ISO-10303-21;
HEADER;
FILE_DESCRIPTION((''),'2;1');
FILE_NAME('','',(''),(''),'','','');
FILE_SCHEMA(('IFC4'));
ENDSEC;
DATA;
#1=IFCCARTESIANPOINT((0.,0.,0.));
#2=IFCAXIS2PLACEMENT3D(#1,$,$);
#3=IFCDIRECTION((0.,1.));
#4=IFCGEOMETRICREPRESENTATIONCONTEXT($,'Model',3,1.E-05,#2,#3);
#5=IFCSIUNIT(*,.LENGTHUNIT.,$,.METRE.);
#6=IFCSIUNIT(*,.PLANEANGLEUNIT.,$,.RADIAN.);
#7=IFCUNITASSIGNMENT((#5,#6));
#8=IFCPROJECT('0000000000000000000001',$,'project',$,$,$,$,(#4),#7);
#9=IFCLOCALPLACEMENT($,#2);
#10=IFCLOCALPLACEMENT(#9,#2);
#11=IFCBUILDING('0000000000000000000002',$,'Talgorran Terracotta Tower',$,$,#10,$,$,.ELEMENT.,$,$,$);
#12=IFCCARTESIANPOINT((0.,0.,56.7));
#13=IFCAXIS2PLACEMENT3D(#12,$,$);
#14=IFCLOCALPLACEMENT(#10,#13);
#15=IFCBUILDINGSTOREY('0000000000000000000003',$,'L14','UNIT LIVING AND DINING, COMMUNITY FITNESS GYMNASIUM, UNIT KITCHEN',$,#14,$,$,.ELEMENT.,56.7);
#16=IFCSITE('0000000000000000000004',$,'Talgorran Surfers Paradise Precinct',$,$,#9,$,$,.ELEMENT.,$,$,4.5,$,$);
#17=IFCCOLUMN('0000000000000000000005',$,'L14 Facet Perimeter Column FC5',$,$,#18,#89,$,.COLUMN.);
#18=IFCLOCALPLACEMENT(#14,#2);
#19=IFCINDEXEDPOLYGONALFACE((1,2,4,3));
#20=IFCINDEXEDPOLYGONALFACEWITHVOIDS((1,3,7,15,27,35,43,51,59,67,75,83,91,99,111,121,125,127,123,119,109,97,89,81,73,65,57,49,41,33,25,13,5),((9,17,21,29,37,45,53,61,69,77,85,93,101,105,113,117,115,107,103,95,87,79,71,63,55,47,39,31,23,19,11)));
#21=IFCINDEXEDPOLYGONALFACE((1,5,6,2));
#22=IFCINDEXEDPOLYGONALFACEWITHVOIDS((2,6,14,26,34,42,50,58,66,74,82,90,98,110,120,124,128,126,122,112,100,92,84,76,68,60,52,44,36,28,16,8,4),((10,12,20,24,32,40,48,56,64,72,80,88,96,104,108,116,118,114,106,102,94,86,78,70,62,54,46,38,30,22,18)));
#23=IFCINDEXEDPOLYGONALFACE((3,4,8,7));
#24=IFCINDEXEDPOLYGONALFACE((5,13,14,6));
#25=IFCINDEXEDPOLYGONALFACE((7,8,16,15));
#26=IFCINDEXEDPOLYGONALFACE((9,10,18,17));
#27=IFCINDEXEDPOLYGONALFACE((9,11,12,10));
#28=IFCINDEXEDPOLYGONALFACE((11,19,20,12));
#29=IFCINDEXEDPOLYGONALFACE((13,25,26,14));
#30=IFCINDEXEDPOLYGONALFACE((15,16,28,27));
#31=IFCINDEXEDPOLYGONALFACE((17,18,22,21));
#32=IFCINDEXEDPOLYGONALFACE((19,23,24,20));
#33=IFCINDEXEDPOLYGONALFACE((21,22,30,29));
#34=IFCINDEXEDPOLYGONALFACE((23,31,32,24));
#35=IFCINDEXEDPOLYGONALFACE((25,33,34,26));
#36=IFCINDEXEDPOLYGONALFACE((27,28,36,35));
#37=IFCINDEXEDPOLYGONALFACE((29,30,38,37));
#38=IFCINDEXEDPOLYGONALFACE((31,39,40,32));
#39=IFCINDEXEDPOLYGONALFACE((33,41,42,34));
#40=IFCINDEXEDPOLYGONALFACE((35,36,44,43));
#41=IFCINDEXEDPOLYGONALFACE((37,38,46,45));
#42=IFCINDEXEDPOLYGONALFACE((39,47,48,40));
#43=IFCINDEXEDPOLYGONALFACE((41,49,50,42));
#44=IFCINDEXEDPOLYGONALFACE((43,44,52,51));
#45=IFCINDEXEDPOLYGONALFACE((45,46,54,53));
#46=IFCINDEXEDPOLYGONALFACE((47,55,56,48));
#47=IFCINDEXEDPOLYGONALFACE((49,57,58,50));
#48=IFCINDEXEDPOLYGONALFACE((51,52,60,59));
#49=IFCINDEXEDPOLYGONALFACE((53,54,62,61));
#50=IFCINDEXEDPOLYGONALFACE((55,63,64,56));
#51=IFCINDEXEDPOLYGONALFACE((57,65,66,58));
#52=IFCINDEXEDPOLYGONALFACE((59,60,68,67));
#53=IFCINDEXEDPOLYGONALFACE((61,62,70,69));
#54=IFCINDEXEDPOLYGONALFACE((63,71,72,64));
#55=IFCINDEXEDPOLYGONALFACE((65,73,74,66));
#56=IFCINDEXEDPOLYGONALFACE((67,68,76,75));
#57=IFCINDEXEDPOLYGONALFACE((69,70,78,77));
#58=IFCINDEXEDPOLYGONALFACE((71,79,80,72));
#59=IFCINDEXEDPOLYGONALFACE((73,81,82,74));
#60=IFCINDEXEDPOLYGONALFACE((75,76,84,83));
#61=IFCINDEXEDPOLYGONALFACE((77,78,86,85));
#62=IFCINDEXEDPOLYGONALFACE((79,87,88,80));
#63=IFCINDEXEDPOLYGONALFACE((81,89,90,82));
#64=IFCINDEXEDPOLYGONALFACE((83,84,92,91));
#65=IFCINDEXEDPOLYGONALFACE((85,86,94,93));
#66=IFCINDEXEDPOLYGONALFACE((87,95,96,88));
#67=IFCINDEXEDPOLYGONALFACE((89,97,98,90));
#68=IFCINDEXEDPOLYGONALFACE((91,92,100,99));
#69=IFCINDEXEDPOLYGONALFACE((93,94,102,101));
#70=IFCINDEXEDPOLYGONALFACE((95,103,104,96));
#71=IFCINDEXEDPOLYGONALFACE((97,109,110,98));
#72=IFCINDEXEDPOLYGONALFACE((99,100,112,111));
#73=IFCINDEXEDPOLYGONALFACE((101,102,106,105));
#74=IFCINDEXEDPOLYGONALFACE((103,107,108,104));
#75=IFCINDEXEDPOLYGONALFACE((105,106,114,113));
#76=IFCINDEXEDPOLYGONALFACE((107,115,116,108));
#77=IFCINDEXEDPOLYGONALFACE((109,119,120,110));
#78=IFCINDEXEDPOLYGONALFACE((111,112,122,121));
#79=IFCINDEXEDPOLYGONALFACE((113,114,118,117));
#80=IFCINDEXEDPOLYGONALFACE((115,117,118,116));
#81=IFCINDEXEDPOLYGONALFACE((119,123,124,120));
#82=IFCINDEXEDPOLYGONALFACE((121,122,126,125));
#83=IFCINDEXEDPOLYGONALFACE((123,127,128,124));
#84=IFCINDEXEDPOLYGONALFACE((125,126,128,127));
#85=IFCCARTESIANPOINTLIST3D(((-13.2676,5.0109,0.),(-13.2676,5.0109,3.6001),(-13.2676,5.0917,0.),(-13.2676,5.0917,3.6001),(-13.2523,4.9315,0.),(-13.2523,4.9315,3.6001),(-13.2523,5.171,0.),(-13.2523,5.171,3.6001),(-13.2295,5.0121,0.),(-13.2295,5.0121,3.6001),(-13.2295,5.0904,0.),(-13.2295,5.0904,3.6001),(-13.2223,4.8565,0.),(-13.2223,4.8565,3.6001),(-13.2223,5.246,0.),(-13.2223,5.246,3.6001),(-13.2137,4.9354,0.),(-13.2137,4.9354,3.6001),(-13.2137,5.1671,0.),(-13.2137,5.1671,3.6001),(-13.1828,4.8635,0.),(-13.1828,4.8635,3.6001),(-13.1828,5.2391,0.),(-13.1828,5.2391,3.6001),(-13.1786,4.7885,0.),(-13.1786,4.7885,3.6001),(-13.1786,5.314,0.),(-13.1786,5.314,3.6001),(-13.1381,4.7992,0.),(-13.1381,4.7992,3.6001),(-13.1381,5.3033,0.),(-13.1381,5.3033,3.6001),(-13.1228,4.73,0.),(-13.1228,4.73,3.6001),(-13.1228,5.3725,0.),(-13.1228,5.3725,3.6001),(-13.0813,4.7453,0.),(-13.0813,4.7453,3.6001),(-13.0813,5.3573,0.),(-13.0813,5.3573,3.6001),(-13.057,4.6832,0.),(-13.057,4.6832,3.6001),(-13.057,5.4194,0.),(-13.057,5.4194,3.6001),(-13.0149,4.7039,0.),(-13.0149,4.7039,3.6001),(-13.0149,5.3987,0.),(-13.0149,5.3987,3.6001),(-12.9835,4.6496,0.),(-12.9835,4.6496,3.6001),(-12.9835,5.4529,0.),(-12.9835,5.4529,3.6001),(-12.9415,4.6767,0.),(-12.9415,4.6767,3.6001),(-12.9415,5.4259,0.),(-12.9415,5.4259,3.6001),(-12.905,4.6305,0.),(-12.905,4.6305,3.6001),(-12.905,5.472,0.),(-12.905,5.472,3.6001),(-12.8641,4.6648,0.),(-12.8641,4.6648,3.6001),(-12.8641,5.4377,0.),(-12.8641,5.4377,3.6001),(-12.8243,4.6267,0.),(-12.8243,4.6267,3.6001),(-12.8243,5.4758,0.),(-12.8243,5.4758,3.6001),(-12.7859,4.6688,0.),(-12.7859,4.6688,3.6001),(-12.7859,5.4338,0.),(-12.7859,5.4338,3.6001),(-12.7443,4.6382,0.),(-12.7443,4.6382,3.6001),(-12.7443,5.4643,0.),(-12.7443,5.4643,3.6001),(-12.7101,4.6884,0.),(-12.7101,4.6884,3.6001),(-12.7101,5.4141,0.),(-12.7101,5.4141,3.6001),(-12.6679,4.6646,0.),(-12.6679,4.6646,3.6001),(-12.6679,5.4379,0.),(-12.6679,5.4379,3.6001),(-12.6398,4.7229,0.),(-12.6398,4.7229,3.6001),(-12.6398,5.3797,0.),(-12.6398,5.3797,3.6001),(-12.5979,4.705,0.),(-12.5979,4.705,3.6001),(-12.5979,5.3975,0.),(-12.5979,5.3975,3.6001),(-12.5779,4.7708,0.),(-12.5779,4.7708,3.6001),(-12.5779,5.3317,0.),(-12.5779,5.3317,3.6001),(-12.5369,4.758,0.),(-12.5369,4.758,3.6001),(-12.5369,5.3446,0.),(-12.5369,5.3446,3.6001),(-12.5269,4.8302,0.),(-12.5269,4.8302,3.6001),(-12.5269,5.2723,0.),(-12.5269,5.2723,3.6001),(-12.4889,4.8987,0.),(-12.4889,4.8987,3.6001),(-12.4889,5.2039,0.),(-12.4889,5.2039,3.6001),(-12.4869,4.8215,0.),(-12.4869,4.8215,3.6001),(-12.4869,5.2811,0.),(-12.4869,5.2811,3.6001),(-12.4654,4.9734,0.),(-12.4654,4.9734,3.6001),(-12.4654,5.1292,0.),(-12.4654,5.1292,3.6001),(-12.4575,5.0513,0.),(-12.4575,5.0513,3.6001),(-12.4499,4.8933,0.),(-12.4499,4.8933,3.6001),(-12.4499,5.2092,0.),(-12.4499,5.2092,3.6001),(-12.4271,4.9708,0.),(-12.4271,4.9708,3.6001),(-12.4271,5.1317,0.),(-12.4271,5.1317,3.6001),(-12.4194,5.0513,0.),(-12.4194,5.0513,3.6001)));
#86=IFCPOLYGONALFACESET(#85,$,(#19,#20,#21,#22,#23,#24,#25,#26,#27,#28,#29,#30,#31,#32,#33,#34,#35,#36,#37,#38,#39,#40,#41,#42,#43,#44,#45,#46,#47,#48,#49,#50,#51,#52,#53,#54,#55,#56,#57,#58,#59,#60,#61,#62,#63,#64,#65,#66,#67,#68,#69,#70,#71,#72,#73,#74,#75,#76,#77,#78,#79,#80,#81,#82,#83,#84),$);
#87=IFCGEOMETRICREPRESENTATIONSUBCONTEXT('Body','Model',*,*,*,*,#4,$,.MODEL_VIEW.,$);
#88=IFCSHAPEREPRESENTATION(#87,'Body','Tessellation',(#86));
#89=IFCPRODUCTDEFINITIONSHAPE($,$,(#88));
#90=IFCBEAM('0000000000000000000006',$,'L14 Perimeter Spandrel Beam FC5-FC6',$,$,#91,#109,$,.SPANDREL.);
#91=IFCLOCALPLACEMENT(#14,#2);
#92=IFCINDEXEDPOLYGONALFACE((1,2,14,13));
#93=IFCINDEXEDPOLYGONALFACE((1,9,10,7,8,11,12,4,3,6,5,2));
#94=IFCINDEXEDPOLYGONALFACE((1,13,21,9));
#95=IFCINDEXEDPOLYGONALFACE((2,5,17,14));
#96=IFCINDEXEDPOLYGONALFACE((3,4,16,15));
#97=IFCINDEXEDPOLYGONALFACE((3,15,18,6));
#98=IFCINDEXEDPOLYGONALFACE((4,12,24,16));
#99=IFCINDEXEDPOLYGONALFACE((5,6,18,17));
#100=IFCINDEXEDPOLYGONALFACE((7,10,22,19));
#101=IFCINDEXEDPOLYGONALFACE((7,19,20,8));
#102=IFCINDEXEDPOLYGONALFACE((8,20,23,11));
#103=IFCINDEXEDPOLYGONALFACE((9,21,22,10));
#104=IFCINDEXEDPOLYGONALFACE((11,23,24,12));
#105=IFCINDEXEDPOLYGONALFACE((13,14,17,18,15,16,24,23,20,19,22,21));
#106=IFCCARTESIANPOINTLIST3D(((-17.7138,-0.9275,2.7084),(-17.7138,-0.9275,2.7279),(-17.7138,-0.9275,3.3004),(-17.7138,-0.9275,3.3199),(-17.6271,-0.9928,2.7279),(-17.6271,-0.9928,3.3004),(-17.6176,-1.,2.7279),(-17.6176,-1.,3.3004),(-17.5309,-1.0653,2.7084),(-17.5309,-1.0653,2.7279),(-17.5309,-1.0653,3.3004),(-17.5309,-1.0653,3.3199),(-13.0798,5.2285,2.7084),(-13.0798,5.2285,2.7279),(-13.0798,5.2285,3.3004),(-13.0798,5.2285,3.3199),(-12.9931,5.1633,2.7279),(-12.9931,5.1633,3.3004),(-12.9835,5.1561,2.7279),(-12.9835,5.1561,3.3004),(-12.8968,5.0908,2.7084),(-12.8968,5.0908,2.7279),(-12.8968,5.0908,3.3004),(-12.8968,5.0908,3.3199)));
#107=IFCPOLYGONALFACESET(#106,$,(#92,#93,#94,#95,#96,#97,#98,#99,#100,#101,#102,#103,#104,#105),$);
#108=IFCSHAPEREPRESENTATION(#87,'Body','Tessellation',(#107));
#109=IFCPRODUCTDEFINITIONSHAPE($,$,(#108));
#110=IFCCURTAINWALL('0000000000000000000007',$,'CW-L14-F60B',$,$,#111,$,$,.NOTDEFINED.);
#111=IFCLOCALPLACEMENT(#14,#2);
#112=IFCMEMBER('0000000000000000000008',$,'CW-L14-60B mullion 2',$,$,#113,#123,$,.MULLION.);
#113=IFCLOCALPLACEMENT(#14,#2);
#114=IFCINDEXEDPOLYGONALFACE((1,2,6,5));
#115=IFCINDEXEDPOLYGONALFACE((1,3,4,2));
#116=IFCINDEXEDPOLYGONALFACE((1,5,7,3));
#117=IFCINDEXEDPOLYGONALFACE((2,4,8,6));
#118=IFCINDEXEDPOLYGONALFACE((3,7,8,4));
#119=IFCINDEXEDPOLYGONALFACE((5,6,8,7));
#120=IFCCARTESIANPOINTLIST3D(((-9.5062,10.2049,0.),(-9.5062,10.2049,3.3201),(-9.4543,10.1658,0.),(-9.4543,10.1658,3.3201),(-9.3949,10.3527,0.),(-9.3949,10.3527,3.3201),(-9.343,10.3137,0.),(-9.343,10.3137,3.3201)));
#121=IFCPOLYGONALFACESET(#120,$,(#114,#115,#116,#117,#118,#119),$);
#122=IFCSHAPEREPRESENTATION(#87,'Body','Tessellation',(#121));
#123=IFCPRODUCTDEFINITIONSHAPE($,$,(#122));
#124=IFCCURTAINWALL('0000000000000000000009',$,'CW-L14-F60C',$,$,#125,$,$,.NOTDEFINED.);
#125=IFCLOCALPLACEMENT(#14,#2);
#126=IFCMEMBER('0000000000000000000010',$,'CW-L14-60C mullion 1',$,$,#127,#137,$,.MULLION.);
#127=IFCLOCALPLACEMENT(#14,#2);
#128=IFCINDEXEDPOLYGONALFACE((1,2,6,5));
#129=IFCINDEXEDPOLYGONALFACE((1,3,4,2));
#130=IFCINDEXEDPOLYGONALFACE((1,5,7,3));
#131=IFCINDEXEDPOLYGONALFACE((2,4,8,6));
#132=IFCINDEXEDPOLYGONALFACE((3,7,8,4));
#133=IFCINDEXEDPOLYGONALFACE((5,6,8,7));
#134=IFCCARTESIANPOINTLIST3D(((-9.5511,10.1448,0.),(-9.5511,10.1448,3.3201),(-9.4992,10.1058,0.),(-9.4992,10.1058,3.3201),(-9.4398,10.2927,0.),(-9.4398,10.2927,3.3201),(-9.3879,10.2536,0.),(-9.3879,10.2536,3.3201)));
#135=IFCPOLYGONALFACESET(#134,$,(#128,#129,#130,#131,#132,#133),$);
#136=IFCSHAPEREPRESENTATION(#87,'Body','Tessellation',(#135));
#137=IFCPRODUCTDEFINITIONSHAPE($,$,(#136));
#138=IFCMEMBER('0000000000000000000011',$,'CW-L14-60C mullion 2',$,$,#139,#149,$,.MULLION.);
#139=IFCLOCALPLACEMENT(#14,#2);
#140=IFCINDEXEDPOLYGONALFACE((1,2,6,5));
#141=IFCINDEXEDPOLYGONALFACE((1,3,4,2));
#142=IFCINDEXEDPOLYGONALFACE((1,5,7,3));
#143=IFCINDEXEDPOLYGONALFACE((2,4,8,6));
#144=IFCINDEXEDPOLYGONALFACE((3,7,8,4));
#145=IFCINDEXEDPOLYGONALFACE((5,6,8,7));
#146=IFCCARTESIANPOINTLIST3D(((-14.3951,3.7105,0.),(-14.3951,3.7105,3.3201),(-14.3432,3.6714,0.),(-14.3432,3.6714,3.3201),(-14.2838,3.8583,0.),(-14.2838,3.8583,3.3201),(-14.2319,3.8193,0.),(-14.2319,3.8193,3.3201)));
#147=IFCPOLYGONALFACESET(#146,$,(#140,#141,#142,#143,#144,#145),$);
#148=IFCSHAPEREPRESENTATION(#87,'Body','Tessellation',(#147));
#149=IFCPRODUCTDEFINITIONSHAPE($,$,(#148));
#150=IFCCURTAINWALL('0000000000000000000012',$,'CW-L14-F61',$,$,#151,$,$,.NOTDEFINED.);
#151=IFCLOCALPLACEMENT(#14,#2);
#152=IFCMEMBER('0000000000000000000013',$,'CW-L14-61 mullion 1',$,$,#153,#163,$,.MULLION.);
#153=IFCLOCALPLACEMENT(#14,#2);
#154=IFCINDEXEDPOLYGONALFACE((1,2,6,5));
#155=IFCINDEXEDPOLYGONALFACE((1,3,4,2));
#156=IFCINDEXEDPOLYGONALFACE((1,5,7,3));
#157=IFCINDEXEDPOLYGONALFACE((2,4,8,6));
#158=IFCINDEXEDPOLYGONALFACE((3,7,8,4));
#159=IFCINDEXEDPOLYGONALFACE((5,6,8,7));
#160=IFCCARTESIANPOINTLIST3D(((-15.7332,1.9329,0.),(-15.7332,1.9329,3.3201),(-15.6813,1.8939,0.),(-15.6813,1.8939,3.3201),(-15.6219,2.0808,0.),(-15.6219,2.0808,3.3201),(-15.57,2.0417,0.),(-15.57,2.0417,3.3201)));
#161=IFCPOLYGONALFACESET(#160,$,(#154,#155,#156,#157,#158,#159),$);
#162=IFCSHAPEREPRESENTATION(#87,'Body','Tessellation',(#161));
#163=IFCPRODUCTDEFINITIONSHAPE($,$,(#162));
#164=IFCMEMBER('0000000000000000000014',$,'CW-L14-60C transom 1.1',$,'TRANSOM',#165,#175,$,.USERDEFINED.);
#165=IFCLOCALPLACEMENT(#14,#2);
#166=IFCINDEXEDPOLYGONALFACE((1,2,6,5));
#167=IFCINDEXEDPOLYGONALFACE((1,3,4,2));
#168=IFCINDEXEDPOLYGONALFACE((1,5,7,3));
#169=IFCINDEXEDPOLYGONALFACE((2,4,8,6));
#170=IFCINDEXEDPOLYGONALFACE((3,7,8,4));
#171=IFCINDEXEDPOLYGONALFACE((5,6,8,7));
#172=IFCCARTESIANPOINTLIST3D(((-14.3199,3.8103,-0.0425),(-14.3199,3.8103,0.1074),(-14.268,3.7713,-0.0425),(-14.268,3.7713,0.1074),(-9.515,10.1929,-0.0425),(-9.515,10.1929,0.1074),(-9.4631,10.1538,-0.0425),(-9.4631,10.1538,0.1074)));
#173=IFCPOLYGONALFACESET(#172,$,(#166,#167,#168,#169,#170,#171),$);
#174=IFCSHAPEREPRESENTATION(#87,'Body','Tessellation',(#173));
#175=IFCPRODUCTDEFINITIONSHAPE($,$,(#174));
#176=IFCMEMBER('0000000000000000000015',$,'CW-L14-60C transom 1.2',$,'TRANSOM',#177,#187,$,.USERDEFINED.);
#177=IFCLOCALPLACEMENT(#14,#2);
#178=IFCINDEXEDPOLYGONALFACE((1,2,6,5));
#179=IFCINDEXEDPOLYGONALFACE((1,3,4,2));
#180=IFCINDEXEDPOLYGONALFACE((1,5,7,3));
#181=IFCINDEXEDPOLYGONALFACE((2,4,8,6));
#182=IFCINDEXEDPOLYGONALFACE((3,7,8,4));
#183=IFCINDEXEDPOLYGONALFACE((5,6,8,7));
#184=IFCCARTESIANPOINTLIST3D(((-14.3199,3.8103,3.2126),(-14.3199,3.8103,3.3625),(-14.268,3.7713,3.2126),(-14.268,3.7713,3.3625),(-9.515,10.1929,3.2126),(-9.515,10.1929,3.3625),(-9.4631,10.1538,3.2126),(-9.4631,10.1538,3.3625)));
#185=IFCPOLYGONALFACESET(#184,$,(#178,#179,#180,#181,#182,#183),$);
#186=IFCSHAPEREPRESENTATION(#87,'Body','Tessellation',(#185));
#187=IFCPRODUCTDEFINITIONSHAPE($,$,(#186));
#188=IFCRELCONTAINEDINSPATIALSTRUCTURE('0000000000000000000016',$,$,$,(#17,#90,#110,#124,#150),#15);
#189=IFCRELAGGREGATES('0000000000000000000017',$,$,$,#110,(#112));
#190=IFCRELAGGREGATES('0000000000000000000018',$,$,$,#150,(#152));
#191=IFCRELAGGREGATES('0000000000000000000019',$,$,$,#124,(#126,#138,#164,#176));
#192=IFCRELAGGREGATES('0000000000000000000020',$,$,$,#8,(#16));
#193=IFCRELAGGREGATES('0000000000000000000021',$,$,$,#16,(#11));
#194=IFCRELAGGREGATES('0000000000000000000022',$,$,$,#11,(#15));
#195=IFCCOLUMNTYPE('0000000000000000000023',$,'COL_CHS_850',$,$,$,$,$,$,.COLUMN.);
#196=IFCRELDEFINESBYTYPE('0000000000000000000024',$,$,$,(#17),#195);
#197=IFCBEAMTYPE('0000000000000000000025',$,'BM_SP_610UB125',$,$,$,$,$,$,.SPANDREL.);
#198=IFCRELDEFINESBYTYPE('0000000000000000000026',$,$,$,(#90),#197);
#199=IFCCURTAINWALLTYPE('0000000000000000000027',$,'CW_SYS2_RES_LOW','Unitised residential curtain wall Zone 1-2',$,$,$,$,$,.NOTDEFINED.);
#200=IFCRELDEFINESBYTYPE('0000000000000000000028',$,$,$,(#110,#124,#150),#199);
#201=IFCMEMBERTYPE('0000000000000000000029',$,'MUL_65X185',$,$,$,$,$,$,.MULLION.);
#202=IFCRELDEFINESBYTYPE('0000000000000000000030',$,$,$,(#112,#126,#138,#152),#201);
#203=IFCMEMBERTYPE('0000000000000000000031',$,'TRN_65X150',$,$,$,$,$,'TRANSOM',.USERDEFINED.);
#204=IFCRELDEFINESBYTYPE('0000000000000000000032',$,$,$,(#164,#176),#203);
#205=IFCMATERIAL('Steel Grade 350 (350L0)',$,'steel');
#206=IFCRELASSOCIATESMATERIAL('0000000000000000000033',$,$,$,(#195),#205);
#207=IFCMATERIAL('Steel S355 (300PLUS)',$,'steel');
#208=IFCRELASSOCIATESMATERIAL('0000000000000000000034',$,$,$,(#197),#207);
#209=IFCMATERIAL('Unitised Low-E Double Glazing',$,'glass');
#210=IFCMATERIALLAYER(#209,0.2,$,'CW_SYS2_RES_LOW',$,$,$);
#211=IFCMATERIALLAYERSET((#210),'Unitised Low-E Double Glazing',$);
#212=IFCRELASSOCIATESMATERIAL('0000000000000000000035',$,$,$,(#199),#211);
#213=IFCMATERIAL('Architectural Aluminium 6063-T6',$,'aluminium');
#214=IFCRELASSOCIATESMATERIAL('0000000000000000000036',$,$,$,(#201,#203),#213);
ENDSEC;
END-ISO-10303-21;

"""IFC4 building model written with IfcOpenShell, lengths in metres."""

from ifc_helpers import new_model, si_unit, direction, frame, origin, origin_2d, place, context, subcontext, project, spatial, rectangle, hollow_circle, i_section, extrude, material, layer, layer_set, material_profile, profile_set, type_object, element, aggregate, save


model = new_model("IFC4")

# Units and contexts
model_context = context("Model", 3, precision=1e-05, world=origin(), true_north=direction((0.0, 1.0)))
body_context = subcontext(model_context, "Body", "Model", "MODEL_VIEW")
ifc_project = project(units=[si_unit("LENGTHUNIT", "METRE"), si_unit("PLANEANGLEUNIT", "RADIAN")], contexts=[model_context])

# Site, building, storey
site_placement = place(None, origin())
site = spatial("IfcSite", under=ifc_project, at=site_placement, Name="Talgorran Surfers Paradise Precinct", CompositionType="ELEMENT", RefElevation=4.5)
building_placement = place(site_placement, origin())
building = spatial("IfcBuilding", under=site, at=building_placement, Name="Talgorran Terracotta Tower", CompositionType="ELEMENT")
storey_placement = place(building_placement, frame((0.0, 0.0, 56.7)))
storey = spatial("IfcBuildingStorey", under=building, at=storey_placement, Name="L14", Description="UNIT LIVING AND DINING, COMMUNITY FITNESS GYMNASIUM, UNIT KITCHEN", CompositionType="ELEMENT", Elevation=56.7)

# Column
ifc_material_1 = material(Name="Steel Grade 350 (350L0)", Category="steel")
ifc_material_profile_1 = material_profile(ifc_material_1, hollow_circle(Radius=0.425, WallThickness=0.0381, at=origin_2d()), Name="CHS850X38")
ifc_profile_set_1 = profile_set([ifc_material_profile_1], Name="Steel Grade 350 (350L0)")
column_type = type_object("IfcColumnType", Name="COL_CHS_850", PredefinedType="COLUMN", material=ifc_profile_set_1)
column_placement = place(storey_placement, frame((-12.8445, 5.0513, 0.0), z_axis=(0.0, 0.0, 1.0), x_axis=(1.0, 0.0, 0.0)))
element("IfcColumn", 1, at=column_placement, inside=storey, type_object=column_type, Name="L14 Facet Perimeter Column FC5", PredefinedType="COLUMN", context=body_context, shape_type="SweptSolid", body=[
    extrude(hollow_circle(Radius=0.425, WallThickness=0.0381, at=origin_2d()), origin(), (0.0, 0.0, 1.0), 3.6001),
])

# Beam
ifc_material_2 = material(Name="Steel S355 (300PLUS)", Category="steel")
ifc_material_profile_2 = material_profile(ifc_material_2, i_section(OverallWidth=0.229, OverallDepth=0.6116, WebThickness=0.012, FlangeThickness=0.0195, at=origin_2d()), Name="610UB125")
ifc_profile_set_2 = profile_set([ifc_material_profile_2], Name="Steel S355 (300PLUS)")
beam_type = type_object("IfcBeamType", Name="BM_SP_610UB125", PredefinedType="SPANDREL", material=ifc_profile_set_2)
beam_placement = place(storey_placement, frame((-12.9883, 5.1597, 3.0142), z_axis=(-0.601413, -0.798938, 0.0), x_axis=(0.798938, -0.601413, 0.0)))
element("IfcBeam", 2, at=beam_placement, inside=storey, type_object=beam_type, Name="L14 Perimeter Spandrel Beam FC5-FC6", PredefinedType="SPANDREL", context=body_context, shape_type="SweptSolid", body=[
    extrude(i_section(OverallWidth=0.229, OverallDepth=0.6116, WebThickness=0.012, FlangeThickness=0.0195, at=origin_2d()), origin(), (0.0, 0.0, 1.0), 7.7053),
])

# Curtain wall, member
ifc_material_3 = material(Name="Unitised Low-E Double Glazing", Category="glass")
ifc_layer_1 = layer(ifc_material_3, 0.2, Name="CW_SYS2_RES_LOW")
ifc_layer_set_1 = layer_set([ifc_layer_1], Name="Unitised Low-E Double Glazing")
curtain_wall_type = type_object("IfcCurtainWallType", Name="CW_SYS2_RES_LOW", Description="Unitised residential curtain wall Zone 1-2", PredefinedType="NOTDEFINED", material=ifc_layer_set_1)
curtain_wall_1_placement = place(storey_placement, origin())
curtain_wall_1 = element("IfcCurtainWall", 3, at=curtain_wall_1_placement, inside=storey, type_object=curtain_wall_type, Name="CW-L14-F60B", PredefinedType="NOTDEFINED")
ifc_material_4 = material(Name="Architectural Aluminium 6063-T6", Category="aluminium")
ifc_material_profile_3 = material_profile(ifc_material_4, rectangle(XDim=0.0649, YDim=0.1851, at=origin_2d()), Name="CWM65X185")
ifc_profile_set_3 = profile_set([ifc_material_profile_3], Name="Architectural Aluminium 6063-T6")
member_type_1 = type_object("IfcMemberType", Name="MUL_65X185", PredefinedType="MULLION", material=ifc_profile_set_3)
member_1_placement = place(storey_placement, frame((-9.4246, 10.2593, 0.0), z_axis=(0.0, 0.0, 1.0), x_axis=(0.798917, -0.601441, 0.0)))
member_1 = element("IfcMember", 4, at=member_1_placement, type_object=member_type_1, Name="CW-L14-60B mullion 2", PredefinedType="MULLION", context=body_context, shape_type="SweptSolid", body=[
    extrude(rectangle(XDim=0.0649, YDim=0.1851, at=origin_2d()), origin(), (0.0, 0.0, 1.0), 3.3201),
])
aggregate(curtain_wall_1, [member_1])

# Curtain wall, members
curtain_wall_2_placement = place(storey_placement, origin())
curtain_wall_2 = element("IfcCurtainWall", 5, at=curtain_wall_2_placement, inside=storey, type_object=curtain_wall_type, Name="CW-L14-F60C", PredefinedType="NOTDEFINED")
member_2_placement = place(storey_placement, frame((-9.4695, 10.1992, 0.0), z_axis=(0.0, 0.0, 1.0), x_axis=(0.798918, -0.60144, 0.0)))
member_2 = element("IfcMember", 6, at=member_2_placement, type_object=member_type_1, Name="CW-L14-60C mullion 1", PredefinedType="MULLION", context=body_context, shape_type="SweptSolid", body=[
    extrude(rectangle(XDim=0.0649, YDim=0.1851, at=origin_2d()), origin(), (0.0, 0.0, 1.0), 3.3201),
])
member_3_placement = place(storey_placement, frame((-14.3135, 3.7649, 0.0), z_axis=(0.0, 0.0, 1.0), x_axis=(0.798918, -0.60144, 0.0)))
member_3 = element("IfcMember", 7, at=member_3_placement, type_object=member_type_1, Name="CW-L14-60C mullion 2", PredefinedType="MULLION", context=body_context, shape_type="SweptSolid", body=[
    extrude(rectangle(XDim=0.0649, YDim=0.1851, at=origin_2d()), origin(), (0.0, 0.0, 1.0), 3.3201),
])

# Curtain wall, member
curtain_wall_3_placement = place(storey_placement, origin())
curtain_wall_3 = element("IfcCurtainWall", 8, at=curtain_wall_3_placement, inside=storey, type_object=curtain_wall_type, Name="CW-L14-F61", PredefinedType="NOTDEFINED")
member_4_placement = place(storey_placement, frame((-15.6516, 1.9873, 0.0), z_axis=(0.0, 0.0, 1.0), x_axis=(0.798918, -0.60144, 0.0)))
member_4 = element("IfcMember", 9, at=member_4_placement, type_object=member_type_1, Name="CW-L14-61 mullion 1", PredefinedType="MULLION", context=body_context, shape_type="SweptSolid", body=[
    extrude(rectangle(XDim=0.0649, YDim=0.1851, at=origin_2d()), origin(), (0.0, 0.0, 1.0), 3.3201),
])

# Members
ifc_material_profile_4 = material_profile(ifc_material_4, rectangle(XDim=0.0649, YDim=0.1499, at=origin_2d()), Name="CWT65X150")
ifc_profile_set_4 = profile_set([ifc_material_profile_4], Name="Architectural Aluminium 6063-T6")
member_type_2 = type_object("IfcMemberType", Name="TRN_65X150", ElementType="TRANSOM", PredefinedType="USERDEFINED", material=ifc_profile_set_4)
member_5_placement = place(storey_placement, frame((-9.489, 10.1733, 0.0325), z_axis=(-0.601441, -0.798917, 0.0), x_axis=(0.798917, -0.601441, 0.0)))
member_5 = element("IfcMember", 10, at=member_5_placement, type_object=member_type_2, Name="CW-L14-60C transom 1.1", ObjectType="TRANSOM", PredefinedType="USERDEFINED", context=body_context, shape_type="SweptSolid", body=[
    extrude(rectangle(XDim=0.0649, YDim=0.1499, at=origin_2d()), origin(), (0.0, 0.0, 1.0), 7.989),
])
member_6_placement = place(storey_placement, frame((-9.489, 10.1733, 3.2876), z_axis=(-0.601441, -0.798917, 0.0), x_axis=(0.798917, -0.601441, 0.0)))
member_6 = element("IfcMember", 11, at=member_6_placement, type_object=member_type_2, Name="CW-L14-60C transom 1.2", ObjectType="TRANSOM", PredefinedType="USERDEFINED", context=body_context, shape_type="SweptSolid", body=[
    extrude(rectangle(XDim=0.0649, YDim=0.1499, at=origin_2d()), origin(), (0.0, 0.0, 1.0), 7.989),
])
aggregate(curtain_wall_3, [member_4])

aggregate(curtain_wall_2, [member_2, member_3, member_5, member_6])

save(model, "model.ifc")
